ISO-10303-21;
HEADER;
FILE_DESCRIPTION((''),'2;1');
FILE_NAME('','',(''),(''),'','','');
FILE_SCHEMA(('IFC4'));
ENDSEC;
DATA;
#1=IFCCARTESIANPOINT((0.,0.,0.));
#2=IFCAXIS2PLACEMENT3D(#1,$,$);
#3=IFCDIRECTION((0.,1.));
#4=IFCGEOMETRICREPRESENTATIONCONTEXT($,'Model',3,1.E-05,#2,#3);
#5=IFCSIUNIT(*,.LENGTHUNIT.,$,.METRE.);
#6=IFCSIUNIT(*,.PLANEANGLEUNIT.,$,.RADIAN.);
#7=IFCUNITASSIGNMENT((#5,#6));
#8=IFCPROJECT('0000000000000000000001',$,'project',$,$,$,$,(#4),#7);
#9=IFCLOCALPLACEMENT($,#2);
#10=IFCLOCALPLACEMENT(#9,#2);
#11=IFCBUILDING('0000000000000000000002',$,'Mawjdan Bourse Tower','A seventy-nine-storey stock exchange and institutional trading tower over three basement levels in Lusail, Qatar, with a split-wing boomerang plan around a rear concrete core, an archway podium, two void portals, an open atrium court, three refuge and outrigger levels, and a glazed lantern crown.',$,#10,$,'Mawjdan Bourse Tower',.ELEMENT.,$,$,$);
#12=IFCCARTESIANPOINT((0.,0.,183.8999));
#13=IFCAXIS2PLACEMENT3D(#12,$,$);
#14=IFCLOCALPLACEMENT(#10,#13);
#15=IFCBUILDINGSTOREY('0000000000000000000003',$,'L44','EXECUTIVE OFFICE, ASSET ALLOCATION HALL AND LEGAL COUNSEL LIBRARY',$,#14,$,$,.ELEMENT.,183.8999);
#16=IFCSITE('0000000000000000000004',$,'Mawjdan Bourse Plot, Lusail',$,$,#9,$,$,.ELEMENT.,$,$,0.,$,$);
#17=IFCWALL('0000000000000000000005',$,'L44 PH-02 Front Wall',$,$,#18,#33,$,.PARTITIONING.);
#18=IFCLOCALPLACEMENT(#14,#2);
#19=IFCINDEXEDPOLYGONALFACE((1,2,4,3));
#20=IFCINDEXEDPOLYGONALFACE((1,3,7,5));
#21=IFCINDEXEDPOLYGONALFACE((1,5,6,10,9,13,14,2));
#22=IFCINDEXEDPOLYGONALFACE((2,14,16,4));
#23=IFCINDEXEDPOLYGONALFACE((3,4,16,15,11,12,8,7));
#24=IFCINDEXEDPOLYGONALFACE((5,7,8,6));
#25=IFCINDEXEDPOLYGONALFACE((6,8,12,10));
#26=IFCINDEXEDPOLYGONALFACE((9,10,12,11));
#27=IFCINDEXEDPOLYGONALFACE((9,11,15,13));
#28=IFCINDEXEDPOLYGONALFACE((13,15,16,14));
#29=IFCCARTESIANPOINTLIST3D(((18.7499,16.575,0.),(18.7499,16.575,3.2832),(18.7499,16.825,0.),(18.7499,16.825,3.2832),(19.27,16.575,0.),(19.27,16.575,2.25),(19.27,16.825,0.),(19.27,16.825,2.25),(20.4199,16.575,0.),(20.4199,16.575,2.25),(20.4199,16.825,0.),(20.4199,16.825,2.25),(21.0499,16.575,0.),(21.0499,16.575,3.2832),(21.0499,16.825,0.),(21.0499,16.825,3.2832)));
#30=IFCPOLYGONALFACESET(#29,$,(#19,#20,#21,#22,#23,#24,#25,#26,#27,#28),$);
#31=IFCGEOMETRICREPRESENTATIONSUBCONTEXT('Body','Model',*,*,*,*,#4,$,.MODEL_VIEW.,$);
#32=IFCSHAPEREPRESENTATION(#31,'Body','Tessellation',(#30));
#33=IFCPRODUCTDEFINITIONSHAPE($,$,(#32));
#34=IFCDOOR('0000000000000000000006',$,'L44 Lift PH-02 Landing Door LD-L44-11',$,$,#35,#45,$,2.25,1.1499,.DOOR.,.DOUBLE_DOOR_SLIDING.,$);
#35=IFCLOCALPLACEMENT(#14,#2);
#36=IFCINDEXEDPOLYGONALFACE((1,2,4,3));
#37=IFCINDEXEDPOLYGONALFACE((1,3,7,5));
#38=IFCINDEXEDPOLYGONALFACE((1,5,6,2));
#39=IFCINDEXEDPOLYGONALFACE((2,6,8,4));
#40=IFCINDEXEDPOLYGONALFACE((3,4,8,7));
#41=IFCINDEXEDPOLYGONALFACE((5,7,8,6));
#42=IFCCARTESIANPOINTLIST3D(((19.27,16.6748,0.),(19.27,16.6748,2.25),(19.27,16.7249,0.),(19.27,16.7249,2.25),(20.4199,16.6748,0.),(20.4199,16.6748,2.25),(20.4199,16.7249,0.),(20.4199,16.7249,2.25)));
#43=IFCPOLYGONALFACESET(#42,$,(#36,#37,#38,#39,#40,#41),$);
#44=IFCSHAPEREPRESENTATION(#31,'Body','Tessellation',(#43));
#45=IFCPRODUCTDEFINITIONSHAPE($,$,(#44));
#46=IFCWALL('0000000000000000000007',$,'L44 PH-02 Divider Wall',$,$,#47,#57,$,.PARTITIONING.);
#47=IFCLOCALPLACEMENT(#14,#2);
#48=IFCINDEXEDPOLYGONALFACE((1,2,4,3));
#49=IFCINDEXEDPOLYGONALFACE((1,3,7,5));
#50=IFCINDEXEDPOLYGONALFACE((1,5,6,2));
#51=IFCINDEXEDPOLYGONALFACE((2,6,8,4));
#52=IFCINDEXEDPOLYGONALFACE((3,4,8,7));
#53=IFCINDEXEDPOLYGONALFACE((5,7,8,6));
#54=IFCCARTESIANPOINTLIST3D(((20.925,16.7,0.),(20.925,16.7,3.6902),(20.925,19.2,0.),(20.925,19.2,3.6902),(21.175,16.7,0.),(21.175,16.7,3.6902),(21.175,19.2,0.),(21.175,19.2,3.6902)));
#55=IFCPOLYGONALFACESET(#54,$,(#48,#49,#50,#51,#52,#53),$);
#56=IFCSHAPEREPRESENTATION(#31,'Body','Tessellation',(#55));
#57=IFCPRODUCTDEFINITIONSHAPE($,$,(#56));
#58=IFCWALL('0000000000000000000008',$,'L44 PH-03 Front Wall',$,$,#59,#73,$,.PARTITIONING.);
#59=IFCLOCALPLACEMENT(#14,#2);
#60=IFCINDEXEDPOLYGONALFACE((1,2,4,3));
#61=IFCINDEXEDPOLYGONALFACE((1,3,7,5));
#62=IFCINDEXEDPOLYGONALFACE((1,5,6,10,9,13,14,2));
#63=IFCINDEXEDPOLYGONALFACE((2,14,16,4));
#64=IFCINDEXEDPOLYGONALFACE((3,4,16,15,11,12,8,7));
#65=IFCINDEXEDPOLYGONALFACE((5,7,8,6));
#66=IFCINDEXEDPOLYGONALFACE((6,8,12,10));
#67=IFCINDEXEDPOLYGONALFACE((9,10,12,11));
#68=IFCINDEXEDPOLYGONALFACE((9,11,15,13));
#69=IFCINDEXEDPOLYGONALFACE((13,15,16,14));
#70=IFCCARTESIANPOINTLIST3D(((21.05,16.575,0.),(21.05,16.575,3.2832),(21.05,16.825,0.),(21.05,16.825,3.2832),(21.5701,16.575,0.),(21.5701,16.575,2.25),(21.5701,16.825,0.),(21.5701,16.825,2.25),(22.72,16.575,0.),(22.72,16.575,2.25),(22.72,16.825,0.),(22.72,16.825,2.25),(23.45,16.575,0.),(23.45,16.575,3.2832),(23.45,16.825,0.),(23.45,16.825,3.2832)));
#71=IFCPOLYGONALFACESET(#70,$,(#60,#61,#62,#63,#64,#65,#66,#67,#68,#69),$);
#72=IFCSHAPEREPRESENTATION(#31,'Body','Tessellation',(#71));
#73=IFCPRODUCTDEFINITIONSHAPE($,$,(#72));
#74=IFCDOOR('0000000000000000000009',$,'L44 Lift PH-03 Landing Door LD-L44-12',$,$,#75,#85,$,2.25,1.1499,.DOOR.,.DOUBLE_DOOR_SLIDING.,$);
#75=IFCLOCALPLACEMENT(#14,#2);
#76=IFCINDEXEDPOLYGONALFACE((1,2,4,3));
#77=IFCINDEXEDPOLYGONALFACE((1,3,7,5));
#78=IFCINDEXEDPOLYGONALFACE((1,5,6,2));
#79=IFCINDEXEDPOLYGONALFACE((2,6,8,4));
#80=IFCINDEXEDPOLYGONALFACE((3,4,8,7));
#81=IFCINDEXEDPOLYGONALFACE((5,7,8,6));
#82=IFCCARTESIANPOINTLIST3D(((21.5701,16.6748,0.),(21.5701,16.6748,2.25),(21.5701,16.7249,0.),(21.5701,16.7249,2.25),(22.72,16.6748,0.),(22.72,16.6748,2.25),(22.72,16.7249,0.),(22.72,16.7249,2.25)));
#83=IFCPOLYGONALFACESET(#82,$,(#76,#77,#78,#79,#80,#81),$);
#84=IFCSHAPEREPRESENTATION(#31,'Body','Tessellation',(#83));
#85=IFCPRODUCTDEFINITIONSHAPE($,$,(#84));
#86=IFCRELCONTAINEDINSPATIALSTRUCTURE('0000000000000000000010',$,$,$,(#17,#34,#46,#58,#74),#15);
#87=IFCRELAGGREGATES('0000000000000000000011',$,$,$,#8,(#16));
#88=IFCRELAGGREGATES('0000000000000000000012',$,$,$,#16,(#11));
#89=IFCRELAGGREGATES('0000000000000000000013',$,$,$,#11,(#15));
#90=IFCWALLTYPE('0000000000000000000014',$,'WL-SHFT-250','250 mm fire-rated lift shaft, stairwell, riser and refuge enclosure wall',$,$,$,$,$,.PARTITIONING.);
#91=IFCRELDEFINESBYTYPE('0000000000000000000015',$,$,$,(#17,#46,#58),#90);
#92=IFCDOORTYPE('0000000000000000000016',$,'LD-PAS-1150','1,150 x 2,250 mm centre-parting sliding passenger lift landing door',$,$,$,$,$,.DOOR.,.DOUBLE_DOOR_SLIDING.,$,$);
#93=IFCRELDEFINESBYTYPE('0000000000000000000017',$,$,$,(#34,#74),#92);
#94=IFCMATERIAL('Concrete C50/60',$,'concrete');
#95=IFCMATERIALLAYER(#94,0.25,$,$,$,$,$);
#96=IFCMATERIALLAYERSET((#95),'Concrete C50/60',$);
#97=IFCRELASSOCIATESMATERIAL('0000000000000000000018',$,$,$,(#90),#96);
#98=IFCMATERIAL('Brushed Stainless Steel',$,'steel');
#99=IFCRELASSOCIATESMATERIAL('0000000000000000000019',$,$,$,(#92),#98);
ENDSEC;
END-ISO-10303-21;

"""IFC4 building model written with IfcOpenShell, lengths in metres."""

from ifc_helpers import new_model, si_unit, direction, frame, frame_2d, origin, place, context, subcontext, project, spatial, rectangle, extrude, material, layer, layer_set, type_object, element, fill, save


model = new_model("IFC4")

# Units and contexts
model_context = context("Model", 3, precision=1e-05, world=origin(), true_north=direction((0.0, 1.0)))
body_context = subcontext(model_context, "Body", "Model", "MODEL_VIEW")
ifc_project = project(units=[si_unit("LENGTHUNIT", "METRE"), si_unit("PLANEANGLEUNIT", "RADIAN")], contexts=[model_context])

# Site, building, storey
site_placement = place(None, origin())
site = spatial("IfcSite", under=ifc_project, at=site_placement, Name="Mawjdan Bourse Plot, Lusail", CompositionType="ELEMENT", RefElevation=0.0)
building_placement = place(site_placement, origin())
building = spatial("IfcBuilding", under=site, at=building_placement, Name="Mawjdan Bourse Tower", Description="A seventy-nine-storey stock exchange and institutional trading tower over three basement levels in Lusail, Qatar, with a split-wing boomerang plan around a rear concrete core, an archway podium, two void portals, an open atrium court, three refuge and outrigger levels, and a glazed lantern crown.", LongName="Mawjdan Bourse Tower", CompositionType="ELEMENT")
storey_placement = place(building_placement, frame((0.0, 0.0, 183.8999)))
storey = spatial("IfcBuildingStorey", under=building, at=storey_placement, Name="L44", Description="EXECUTIVE OFFICE, ASSET ALLOCATION HALL AND LEGAL COUNSEL LIBRARY", CompositionType="ELEMENT", Elevation=183.8999)

# Shared definitions
ifc_material_1 = material(Name="Concrete C50/60", Category="concrete")
ifc_layer_1 = layer(ifc_material_1, 0.25)
ifc_layer_set_1 = layer_set([ifc_layer_1], Name="Concrete C50/60")
wall_type_1 = type_object("IfcWallType", Name="WL-SHFT-250", Description="250 mm fire-rated lift shaft, stairwell, riser and refuge enclosure wall", PredefinedType="PARTITIONING", material=ifc_layer_set_1)

# Wall, opening, door
wall_1_placement = place(storey_placement, frame((18.75, 16.7, 0.0), z_axis=(0.0, 0.0, 1.0), x_axis=(1.0, 0.0, 0.0)))
wall_1 = element("IfcWall", 1, at=wall_1_placement, inside=storey, type_object=wall_type_1, Name="L44 PH-02 Front Wall", PredefinedType="PARTITIONING", context=body_context, shape_type="SweptSolid", body=[
    extrude(rectangle(XDim=2.3, YDim=0.25, at=frame_2d((1.1499, 0.0))), origin(), (0.0, 0.0, 1.0), 3.2832),
])
opening_1_placement = place(wall_1_placement, frame((0.52, 0.0, 0.0)))
opening_1 = element("IfcOpeningElement", 2, at=opening_1_placement, cuts=wall_1, PredefinedType="OPENING", context=body_context, shape_type="SweptSolid", body=[
    extrude(rectangle(XDim=1.1499, YDim=2.25, at=frame_2d((0.575, 1.125))), frame((0.0, 0.135, 0.0), z_axis=(0.0, -1.0, 0.0), x_axis=(1.0, 0.0, 0.0)), (0.0, 0.0, 1.0), 0.27),
])
ifc_material_2 = material(Name="Brushed Stainless Steel", Category="steel")
door_type_1 = type_object("IfcDoorType", Name="LD-PAS-1150", Description="1,150 x 2,250 mm centre-parting sliding passenger lift landing door", OperationType="DOUBLE_DOOR_SLIDING", PredefinedType="DOOR", material=ifc_material_2)
door_1_placement = place(opening_1_placement, origin())
door_1 = element("IfcDoor", 3, at=door_1_placement, inside=storey, type_object=door_type_1, Name="L44 Lift PH-02 Landing Door LD-L44-11", OperationType="DOUBLE_DOOR_SLIDING", OverallHeight=2.25, OverallWidth=1.1499, PredefinedType="DOOR", context=body_context, shape_type="SweptSolid", body=[
    extrude(rectangle(XDim=1.1499, YDim=2.25, at=frame_2d((0.575, 1.125))), frame((0.0, 0.0249, 0.0), z_axis=(0.0, -1.0, 0.0), x_axis=(1.0, 0.0, 0.0)), (0.0, 0.0, 1.0), 0.05),
])
fill(opening_1, door_1)

# Wall
wall_2_placement = place(storey_placement, frame((21.05, 16.7, 0.0), z_axis=(0.0, 0.0, 1.0), x_axis=(0.0, 1.0, 0.0)))
element("IfcWall", 4, at=wall_2_placement, inside=storey, type_object=wall_type_1, Name="L44 PH-02 Divider Wall", PredefinedType="PARTITIONING", context=body_context, shape_type="SweptSolid", body=[
    extrude(rectangle(XDim=2.5, YDim=0.25, at=frame_2d((1.25, 0.0))), origin(), (0.0, 0.0, 1.0), 3.6902),
])

# Wall, opening, door
wall_3_placement = place(storey_placement, frame((21.05, 16.7, 0.0), z_axis=(0.0, 0.0, 1.0), x_axis=(1.0, 0.0, 0.0)))
wall_3 = element("IfcWall", 5, at=wall_3_placement, inside=storey, type_object=wall_type_1, Name="L44 PH-03 Front Wall", PredefinedType="PARTITIONING", context=body_context, shape_type="SweptSolid", body=[
    extrude(rectangle(XDim=2.3999, YDim=0.25, at=frame_2d((1.2, 0.0))), origin(), (0.0, 0.0, 1.0), 3.2832),
])
opening_2_placement = place(wall_3_placement, frame((0.52, 0.0, 0.0)))
opening_2 = element("IfcOpeningElement", 6, at=opening_2_placement, cuts=wall_3, PredefinedType="OPENING", context=body_context, shape_type="SweptSolid", body=[
    extrude(rectangle(XDim=1.1499, YDim=2.25, at=frame_2d((0.575, 1.125))), frame((0.0, 0.135, 0.0), z_axis=(0.0, -1.0, 0.0), x_axis=(1.0, 0.0, 0.0)), (0.0, 0.0, 1.0), 0.27),
])
door_2_placement = place(opening_2_placement, origin())
door_2 = element("IfcDoor", 7, at=door_2_placement, inside=storey, type_object=door_type_1, Name="L44 Lift PH-03 Landing Door LD-L44-12", OperationType="DOUBLE_DOOR_SLIDING", OverallHeight=2.25, OverallWidth=1.1499, PredefinedType="DOOR", context=body_context, shape_type="SweptSolid", body=[
    extrude(rectangle(XDim=1.1499, YDim=2.25, at=frame_2d((0.575, 1.125))), frame((0.0, 0.0249, 0.0), z_axis=(0.0, -1.0, 0.0), x_axis=(1.0, 0.0, 0.0)), (0.0, 0.0, 1.0), 0.05),
])
fill(opening_2, door_2)

save(model, "model.ifc")
